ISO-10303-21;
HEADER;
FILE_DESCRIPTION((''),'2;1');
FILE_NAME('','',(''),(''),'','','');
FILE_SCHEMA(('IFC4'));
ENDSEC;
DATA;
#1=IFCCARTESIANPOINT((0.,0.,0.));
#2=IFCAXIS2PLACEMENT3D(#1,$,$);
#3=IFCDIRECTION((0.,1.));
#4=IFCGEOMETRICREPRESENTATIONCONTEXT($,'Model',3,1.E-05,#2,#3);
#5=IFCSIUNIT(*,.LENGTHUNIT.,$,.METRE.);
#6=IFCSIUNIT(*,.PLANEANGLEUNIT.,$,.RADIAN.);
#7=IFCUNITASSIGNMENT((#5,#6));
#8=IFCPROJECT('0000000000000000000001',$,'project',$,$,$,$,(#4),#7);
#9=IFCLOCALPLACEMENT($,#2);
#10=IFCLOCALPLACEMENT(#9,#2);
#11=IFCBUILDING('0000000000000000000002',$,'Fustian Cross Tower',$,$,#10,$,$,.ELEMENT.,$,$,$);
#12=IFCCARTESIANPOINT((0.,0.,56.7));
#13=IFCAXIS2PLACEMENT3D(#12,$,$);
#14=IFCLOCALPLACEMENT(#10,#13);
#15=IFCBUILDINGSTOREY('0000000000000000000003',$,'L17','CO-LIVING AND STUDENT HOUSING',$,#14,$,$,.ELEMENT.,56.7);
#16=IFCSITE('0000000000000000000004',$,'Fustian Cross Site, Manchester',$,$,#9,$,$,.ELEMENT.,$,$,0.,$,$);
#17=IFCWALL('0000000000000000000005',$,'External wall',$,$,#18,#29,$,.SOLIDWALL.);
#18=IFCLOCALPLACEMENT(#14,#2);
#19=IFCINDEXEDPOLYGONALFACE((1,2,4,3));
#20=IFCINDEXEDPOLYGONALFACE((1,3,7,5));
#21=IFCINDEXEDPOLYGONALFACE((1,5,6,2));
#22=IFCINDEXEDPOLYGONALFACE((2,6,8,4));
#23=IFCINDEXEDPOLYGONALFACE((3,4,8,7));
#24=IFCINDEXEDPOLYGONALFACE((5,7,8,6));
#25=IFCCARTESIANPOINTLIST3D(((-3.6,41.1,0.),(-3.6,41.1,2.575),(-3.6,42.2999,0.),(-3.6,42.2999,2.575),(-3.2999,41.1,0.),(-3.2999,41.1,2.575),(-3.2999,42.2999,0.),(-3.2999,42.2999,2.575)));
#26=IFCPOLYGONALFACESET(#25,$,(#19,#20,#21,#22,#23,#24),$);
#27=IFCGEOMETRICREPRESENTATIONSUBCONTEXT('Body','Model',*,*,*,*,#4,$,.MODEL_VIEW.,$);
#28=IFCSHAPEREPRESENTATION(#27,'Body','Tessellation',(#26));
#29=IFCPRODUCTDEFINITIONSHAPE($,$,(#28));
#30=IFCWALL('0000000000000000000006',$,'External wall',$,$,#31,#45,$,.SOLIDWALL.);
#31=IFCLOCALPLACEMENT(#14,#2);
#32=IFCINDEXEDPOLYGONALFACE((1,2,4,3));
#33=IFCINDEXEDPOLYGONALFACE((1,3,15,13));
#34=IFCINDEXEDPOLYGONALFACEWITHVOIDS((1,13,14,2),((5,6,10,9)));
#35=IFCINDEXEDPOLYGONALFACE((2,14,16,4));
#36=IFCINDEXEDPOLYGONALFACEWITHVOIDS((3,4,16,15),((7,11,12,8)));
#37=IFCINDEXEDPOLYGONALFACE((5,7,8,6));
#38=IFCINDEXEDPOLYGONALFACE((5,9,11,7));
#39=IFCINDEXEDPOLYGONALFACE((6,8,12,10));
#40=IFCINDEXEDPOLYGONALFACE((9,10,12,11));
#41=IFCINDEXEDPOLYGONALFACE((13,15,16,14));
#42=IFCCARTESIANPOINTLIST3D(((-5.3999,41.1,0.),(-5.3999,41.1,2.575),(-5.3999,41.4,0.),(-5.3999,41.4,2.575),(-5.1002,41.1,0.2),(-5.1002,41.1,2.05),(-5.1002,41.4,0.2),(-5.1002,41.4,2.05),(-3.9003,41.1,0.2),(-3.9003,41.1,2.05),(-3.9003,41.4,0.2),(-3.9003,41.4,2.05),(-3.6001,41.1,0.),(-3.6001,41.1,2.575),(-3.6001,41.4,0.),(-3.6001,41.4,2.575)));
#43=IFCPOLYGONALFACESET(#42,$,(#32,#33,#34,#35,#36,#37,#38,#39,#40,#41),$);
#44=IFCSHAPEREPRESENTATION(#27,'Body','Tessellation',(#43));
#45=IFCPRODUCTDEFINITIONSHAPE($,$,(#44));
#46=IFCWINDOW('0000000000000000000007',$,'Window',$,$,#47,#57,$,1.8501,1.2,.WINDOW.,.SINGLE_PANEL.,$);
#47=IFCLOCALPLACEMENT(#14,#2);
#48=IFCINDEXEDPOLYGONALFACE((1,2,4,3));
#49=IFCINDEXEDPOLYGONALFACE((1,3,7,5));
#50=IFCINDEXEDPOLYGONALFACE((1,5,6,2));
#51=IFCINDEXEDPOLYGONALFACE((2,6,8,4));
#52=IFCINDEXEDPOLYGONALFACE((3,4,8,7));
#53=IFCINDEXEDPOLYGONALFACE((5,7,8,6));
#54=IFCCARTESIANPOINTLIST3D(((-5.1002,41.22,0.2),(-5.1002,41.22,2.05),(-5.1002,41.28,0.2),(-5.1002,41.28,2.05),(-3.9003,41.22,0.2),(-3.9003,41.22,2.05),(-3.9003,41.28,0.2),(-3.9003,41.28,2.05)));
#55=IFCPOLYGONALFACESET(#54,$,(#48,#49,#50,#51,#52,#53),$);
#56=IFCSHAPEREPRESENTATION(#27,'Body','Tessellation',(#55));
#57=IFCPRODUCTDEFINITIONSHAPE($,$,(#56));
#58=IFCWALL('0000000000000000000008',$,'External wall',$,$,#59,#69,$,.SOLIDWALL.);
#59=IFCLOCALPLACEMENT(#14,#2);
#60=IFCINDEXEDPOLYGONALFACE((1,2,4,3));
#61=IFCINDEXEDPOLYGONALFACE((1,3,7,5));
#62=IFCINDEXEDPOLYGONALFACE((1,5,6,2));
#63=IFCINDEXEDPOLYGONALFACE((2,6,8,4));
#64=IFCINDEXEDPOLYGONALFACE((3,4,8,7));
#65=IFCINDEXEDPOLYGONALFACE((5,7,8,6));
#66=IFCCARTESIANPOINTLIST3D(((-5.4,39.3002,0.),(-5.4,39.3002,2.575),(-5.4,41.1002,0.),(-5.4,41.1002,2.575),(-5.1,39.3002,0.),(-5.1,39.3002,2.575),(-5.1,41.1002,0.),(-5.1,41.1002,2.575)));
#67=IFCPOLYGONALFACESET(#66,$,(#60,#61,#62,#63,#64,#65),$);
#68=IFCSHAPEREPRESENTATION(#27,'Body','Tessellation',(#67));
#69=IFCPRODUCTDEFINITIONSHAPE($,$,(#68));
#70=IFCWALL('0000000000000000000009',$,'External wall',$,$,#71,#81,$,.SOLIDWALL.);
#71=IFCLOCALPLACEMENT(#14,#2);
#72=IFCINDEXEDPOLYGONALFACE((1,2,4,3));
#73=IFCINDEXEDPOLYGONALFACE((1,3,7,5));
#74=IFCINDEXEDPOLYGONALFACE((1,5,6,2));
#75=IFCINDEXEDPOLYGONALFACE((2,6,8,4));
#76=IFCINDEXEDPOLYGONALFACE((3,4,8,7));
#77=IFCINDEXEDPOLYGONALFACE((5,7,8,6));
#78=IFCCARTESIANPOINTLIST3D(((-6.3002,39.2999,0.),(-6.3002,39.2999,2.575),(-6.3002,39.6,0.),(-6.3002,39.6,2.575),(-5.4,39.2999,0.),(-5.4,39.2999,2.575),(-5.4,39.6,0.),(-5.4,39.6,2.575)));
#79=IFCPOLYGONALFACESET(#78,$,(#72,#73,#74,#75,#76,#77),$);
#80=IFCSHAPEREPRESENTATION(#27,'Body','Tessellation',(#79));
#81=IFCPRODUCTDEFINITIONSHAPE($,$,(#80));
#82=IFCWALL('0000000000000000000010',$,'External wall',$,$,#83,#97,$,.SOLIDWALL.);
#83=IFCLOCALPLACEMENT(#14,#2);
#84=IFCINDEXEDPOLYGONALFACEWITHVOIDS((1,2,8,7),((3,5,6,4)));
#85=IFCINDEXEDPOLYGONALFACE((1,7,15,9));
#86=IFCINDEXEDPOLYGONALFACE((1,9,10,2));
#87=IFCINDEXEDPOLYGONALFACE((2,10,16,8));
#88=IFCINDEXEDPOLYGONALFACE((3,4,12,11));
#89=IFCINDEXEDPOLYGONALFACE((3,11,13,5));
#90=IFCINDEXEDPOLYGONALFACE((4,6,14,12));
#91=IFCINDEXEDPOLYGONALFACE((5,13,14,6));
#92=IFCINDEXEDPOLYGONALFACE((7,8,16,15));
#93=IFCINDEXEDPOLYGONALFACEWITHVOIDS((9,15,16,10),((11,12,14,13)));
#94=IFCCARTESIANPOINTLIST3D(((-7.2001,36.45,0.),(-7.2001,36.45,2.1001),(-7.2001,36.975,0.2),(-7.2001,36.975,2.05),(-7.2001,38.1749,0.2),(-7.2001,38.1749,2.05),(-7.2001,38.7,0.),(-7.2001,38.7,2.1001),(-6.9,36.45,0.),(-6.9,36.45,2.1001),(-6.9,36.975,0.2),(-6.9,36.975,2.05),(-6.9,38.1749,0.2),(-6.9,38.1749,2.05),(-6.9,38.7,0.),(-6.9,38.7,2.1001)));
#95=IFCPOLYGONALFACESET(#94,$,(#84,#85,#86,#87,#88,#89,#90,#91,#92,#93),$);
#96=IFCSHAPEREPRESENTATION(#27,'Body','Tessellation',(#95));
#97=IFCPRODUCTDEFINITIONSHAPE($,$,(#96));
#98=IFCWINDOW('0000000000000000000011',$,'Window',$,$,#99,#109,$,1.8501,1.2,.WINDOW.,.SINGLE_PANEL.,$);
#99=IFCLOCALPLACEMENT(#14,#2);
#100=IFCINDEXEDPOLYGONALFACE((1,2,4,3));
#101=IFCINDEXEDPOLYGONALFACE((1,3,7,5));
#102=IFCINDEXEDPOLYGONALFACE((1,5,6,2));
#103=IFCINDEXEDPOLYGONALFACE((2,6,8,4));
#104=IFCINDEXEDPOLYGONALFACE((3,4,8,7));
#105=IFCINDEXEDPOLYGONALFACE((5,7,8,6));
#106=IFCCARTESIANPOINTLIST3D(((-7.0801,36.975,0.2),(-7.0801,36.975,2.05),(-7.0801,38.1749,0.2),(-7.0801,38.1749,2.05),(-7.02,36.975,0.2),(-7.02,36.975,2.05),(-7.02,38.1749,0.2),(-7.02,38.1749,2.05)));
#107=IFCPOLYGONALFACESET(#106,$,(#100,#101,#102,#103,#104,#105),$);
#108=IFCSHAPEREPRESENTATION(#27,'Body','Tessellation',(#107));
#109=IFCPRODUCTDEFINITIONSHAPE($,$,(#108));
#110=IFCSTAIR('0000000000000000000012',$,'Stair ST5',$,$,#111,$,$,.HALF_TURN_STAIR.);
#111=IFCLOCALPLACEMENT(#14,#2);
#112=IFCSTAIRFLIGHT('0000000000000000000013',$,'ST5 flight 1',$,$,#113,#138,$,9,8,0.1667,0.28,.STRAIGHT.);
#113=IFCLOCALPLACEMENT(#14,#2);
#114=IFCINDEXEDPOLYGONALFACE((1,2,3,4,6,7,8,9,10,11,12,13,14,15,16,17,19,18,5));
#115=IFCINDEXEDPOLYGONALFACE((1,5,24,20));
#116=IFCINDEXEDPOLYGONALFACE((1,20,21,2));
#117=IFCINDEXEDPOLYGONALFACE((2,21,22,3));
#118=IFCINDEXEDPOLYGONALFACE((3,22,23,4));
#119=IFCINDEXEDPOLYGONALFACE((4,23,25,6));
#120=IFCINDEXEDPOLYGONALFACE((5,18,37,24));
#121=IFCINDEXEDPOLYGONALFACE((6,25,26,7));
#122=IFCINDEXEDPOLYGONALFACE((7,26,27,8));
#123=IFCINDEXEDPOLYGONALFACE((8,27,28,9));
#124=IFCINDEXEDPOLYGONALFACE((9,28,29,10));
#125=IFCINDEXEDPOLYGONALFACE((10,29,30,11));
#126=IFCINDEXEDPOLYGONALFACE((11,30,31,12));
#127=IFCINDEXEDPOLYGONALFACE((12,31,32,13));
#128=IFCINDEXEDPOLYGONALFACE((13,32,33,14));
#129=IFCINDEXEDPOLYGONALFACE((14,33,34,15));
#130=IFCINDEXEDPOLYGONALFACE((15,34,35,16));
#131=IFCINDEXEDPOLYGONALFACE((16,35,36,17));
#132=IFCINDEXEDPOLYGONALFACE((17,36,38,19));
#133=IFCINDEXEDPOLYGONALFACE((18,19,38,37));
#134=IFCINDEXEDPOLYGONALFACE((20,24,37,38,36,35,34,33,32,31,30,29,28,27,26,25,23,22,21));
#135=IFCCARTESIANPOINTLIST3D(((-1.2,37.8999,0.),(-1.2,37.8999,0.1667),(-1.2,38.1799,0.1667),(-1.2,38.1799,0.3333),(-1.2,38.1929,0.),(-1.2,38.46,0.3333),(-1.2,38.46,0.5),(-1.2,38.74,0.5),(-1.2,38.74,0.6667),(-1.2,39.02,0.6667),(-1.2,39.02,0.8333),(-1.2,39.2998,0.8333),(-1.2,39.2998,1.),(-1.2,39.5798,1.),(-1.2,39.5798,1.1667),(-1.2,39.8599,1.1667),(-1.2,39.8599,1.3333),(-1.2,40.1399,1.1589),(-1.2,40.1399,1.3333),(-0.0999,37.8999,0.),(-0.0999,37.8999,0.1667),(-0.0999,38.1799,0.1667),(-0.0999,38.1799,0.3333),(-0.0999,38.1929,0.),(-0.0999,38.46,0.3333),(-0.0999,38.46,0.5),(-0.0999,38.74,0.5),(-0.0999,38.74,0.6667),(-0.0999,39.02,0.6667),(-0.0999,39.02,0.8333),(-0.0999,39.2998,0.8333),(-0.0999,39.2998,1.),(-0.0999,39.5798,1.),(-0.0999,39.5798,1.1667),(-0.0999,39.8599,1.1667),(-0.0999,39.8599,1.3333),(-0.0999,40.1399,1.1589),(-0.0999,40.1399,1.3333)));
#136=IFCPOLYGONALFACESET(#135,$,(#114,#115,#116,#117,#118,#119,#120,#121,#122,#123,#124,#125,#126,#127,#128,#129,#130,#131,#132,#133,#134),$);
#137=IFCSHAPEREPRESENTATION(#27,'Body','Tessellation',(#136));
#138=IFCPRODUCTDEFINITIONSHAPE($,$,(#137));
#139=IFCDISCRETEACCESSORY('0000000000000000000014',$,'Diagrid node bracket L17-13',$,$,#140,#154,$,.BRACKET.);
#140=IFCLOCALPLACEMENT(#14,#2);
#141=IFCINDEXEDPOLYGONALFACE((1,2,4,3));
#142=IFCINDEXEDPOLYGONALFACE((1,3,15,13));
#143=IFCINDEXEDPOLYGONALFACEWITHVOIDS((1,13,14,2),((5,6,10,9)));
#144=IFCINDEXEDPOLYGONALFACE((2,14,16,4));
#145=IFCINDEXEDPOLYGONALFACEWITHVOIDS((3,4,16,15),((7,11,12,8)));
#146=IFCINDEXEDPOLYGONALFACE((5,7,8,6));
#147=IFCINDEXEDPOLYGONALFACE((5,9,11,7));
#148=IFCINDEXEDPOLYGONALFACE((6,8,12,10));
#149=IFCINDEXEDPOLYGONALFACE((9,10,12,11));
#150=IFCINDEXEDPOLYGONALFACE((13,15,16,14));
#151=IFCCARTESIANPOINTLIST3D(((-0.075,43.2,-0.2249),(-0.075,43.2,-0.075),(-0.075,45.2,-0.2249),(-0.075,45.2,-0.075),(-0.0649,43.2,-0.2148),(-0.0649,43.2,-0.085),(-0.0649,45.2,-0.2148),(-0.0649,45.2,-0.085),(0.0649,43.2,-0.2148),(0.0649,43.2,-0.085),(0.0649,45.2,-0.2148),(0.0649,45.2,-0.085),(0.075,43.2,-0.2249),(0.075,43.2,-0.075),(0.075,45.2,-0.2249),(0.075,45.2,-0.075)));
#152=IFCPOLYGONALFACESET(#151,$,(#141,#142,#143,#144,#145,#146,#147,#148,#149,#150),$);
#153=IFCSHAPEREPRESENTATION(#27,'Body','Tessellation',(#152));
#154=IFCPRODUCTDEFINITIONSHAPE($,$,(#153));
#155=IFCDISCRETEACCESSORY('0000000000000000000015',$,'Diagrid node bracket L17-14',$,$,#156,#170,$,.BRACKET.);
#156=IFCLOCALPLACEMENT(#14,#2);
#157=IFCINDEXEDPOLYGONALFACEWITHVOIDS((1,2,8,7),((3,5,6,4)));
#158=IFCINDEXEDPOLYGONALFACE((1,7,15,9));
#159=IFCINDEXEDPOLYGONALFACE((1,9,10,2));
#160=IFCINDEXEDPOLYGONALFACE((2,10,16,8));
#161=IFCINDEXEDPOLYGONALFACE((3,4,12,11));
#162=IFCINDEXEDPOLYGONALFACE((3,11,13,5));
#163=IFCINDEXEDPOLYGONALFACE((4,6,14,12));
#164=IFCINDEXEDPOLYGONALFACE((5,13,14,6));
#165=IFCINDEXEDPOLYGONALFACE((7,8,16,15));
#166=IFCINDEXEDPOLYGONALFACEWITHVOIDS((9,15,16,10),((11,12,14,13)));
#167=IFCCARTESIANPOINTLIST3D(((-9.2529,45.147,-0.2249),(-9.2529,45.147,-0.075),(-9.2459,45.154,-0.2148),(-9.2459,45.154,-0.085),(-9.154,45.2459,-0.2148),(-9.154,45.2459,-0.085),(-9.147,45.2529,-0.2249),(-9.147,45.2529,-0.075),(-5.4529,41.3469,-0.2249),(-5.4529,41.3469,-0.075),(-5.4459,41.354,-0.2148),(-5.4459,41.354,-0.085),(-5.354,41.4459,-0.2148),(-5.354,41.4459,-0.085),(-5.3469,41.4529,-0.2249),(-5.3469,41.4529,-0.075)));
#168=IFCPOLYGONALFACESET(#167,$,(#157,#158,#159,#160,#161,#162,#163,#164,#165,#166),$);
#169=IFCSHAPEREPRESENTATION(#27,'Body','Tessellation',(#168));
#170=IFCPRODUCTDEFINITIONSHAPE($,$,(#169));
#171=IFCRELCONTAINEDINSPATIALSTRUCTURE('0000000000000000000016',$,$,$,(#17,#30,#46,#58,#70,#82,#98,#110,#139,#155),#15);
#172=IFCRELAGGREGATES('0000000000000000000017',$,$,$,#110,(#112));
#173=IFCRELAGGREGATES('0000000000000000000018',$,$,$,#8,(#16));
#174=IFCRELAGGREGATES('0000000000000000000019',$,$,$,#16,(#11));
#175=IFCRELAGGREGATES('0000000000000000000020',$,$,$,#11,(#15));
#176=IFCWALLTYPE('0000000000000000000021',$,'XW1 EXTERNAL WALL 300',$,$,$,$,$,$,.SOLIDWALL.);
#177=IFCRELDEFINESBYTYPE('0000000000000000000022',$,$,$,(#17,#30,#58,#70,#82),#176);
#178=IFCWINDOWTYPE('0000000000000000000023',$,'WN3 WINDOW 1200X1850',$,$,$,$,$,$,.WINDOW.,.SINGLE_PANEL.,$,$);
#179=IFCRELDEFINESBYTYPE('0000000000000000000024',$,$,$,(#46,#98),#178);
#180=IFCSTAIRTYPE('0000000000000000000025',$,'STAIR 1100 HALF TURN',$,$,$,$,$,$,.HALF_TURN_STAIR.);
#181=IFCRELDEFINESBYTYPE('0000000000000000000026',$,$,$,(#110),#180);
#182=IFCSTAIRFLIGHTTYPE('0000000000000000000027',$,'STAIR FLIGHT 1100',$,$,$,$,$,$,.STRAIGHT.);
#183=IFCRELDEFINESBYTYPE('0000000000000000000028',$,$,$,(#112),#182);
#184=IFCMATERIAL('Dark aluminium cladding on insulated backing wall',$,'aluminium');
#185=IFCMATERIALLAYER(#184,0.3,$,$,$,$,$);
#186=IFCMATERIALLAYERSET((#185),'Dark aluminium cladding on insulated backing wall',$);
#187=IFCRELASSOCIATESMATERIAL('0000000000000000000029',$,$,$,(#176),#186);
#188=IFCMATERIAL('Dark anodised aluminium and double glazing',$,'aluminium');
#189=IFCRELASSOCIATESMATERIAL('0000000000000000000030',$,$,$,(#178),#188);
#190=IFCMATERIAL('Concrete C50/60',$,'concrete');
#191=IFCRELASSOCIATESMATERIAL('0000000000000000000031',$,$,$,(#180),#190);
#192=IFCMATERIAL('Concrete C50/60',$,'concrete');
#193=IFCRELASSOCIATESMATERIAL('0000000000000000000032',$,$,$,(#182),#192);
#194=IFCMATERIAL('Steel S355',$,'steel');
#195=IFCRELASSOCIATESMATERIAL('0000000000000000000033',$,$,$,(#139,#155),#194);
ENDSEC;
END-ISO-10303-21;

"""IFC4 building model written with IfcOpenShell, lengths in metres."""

from ifc_helpers import new_model, si_unit, direction, frame, frame_2d, origin, origin_2d, place, context, subcontext, project, spatial, polyline, rectangle, hollow_rectangle, outline, extrude, material, layer, layer_set, type_object, element, fill, aggregate, save


model = new_model("IFC4")

# Units and contexts
model_context = context("Model", 3, precision=1e-05, world=origin(), true_north=direction((0.0, 1.0)))
body_context = subcontext(model_context, "Body", "Model", "MODEL_VIEW")
ifc_project = project(units=[si_unit("LENGTHUNIT", "METRE"), si_unit("PLANEANGLEUNIT", "RADIAN")], contexts=[model_context])

# Site, building, storey
site_placement = place(None, origin())
site = spatial("IfcSite", under=ifc_project, at=site_placement, Name="Fustian Cross Site, Manchester", CompositionType="ELEMENT", RefElevation=0.0)
building_placement = place(site_placement, origin())
building = spatial("IfcBuilding", under=site, at=building_placement, Name="Fustian Cross Tower", CompositionType="ELEMENT")
storey_placement = place(building_placement, frame((0.0, 0.0, 56.7)))
storey = spatial("IfcBuildingStorey", under=building, at=storey_placement, Name="L17", Description="CO-LIVING AND STUDENT HOUSING", CompositionType="ELEMENT", Elevation=56.7)

# Wall
ifc_material_1 = material(Name="Dark aluminium cladding on insulated backing wall", Category="aluminium")
ifc_layer_1 = layer(ifc_material_1, 0.3)
ifc_layer_set_1 = layer_set([ifc_layer_1], Name="Dark aluminium cladding on insulated backing wall")
wall_type_1 = type_object("IfcWallType", Name="XW1 EXTERNAL WALL 300", PredefinedType="SOLIDWALL", material=ifc_layer_set_1)
wall_1_placement = place(storey_placement, frame((-3.45, 42.3, 0.0), z_axis=(0.0, 0.0, 1.0), x_axis=(0.0, -1.0, 0.0)))
element("IfcWall", 1, at=wall_1_placement, inside=storey, type_object=wall_type_1, Name="External wall", PredefinedType="SOLIDWALL", context=body_context, shape_type="SweptSolid", body=[
    extrude(rectangle(XDim=1.2, YDim=0.3, at=frame_2d((0.6001, 0.0))), origin(), (0.0, 0.0, 1.0), 2.575),
])

# Wall, opening, window
wall_2_placement = place(storey_placement, frame((-3.6001, 41.25, 0.0), z_axis=(0.0, 0.0, 1.0), x_axis=(-1.0, 0.0, 0.0)))
wall_2 = element("IfcWall", 2, at=wall_2_placement, inside=storey, type_object=wall_type_1, Name="External wall", PredefinedType="SOLIDWALL", context=body_context, shape_type="SweptSolid", body=[
    extrude(rectangle(XDim=1.7998, YDim=0.3, at=frame_2d((0.8999, 0.0))), origin(), (0.0, 0.0, 1.0), 2.575),
])
opening_1_placement = place(wall_2_placement, frame((0.3, 0.0, 0.2)))
opening_1 = element("IfcOpeningElement", 3, at=opening_1_placement, cuts=wall_2, PredefinedType="OPENING", context=body_context, shape_type="SweptSolid", body=[
    extrude(rectangle(XDim=1.2, YDim=1.8501, at=frame_2d((0.6001, 0.925))), frame((0.0, 0.1599, 0.0), z_axis=(0.0, -1.0, 0.0), x_axis=(1.0, 0.0, 0.0)), (0.0, 0.0, 1.0), 0.3201),
])
ifc_material_2 = material(Name="Dark anodised aluminium and double glazing", Category="aluminium")
window_type = type_object("IfcWindowType", Name="WN3 WINDOW 1200X1850", PartitioningType="SINGLE_PANEL", PredefinedType="WINDOW", material=ifc_material_2)
window_1_placement = place(opening_1_placement, origin())
window_1 = element("IfcWindow", 4, at=window_1_placement, inside=storey, type_object=window_type, Name="Window", OverallHeight=1.8501, OverallWidth=1.2, PartitioningType="SINGLE_PANEL", PredefinedType="WINDOW", context=body_context, shape_type="SweptSolid", body=[
    extrude(rectangle(XDim=1.2, YDim=1.8501, at=frame_2d((0.6001, 0.925))), frame((0.0, 0.03, 0.0), z_axis=(0.0, -1.0, 0.0), x_axis=(1.0, 0.0, 0.0)), (0.0, 0.0, 1.0), 0.0601),
])
fill(opening_1, window_1)

# Walls
wall_3_placement = place(storey_placement, frame((-5.25, 41.1001, 0.0), z_axis=(0.0, 0.0, 1.0), x_axis=(0.0, -1.0, 0.0)))
element("IfcWall", 5, at=wall_3_placement, inside=storey, type_object=wall_type_1, Name="External wall", PredefinedType="SOLIDWALL", context=body_context, shape_type="SweptSolid", body=[
    extrude(rectangle(XDim=1.8, YDim=0.3, at=frame_2d((0.8999, 0.0))), origin(), (0.0, 0.0, 1.0), 2.575),
])
wall_4_placement = place(storey_placement, frame((-5.3999, 39.45, 0.0), z_axis=(0.0, 0.0, 1.0), x_axis=(-1.0, 0.0, 0.0)))
element("IfcWall", 6, at=wall_4_placement, inside=storey, type_object=wall_type_1, Name="External wall", PredefinedType="SOLIDWALL", context=body_context, shape_type="SweptSolid", body=[
    extrude(rectangle(XDim=0.9001, YDim=0.3, at=frame_2d((0.4502, 0.0))), origin(), (0.0, 0.0, 1.0), 2.575),
])

# Wall, opening, window
wall_5_placement = place(storey_placement, frame((-7.05, 38.7, 0.0), z_axis=(0.0, 0.0, 1.0), x_axis=(0.0, -1.0, 0.0)))
wall_5 = element("IfcWall", 7, at=wall_5_placement, inside=storey, type_object=wall_type_1, Name="External wall", PredefinedType="SOLIDWALL", context=body_context, shape_type="SweptSolid", body=[
    extrude(rectangle(XDim=2.25, YDim=0.3, at=frame_2d((1.125, 0.0))), origin(), (0.0, 0.0, 1.0), 2.1001),
])
opening_2_placement = place(wall_5_placement, frame((0.5249, 0.0, 0.2)))
opening_2 = element("IfcOpeningElement", 8, at=opening_2_placement, cuts=wall_5, PredefinedType="OPENING", context=body_context, shape_type="SweptSolid", body=[
    extrude(rectangle(XDim=1.2, YDim=1.8501, at=frame_2d((0.6001, 0.925))), frame((0.0, 0.1599, 0.0), z_axis=(0.0, -1.0, 0.0), x_axis=(1.0, 0.0, 0.0)), (0.0, 0.0, 1.0), 0.3201),
])
window_2_placement = place(opening_2_placement, origin())
window_2 = element("IfcWindow", 9, at=window_2_placement, inside=storey, type_object=window_type, Name="Window", OverallHeight=1.8501, OverallWidth=1.2, PartitioningType="SINGLE_PANEL", PredefinedType="WINDOW", context=body_context, shape_type="SweptSolid", body=[
    extrude(rectangle(XDim=1.2, YDim=1.8501, at=frame_2d((0.6001, 0.925))), frame((0.0, 0.03, 0.0), z_axis=(0.0, -1.0, 0.0), x_axis=(1.0, 0.0, 0.0)), (0.0, 0.0, 1.0), 0.0601),
])
fill(opening_2, window_2)

# Stair, stair flight
ifc_material_3 = material(Name="Concrete C50/60", Category="concrete")
stair_type = type_object("IfcStairType", Name="STAIR 1100 HALF TURN", PredefinedType="HALF_TURN_STAIR", material=ifc_material_3)
stair_placement = place(storey_placement, origin())
stair = element("IfcStair", 10, at=stair_placement, inside=storey, type_object=stair_type, Name="Stair ST5", PredefinedType="HALF_TURN_STAIR")
ifc_material_4 = material(Name="Concrete C50/60", Category="concrete")
stair_flight_type = type_object("IfcStairFlightType", Name="STAIR FLIGHT 1100", PredefinedType="STRAIGHT", material=ifc_material_4)
stair_flight_placement = place(storey_placement, frame((-0.6499, 37.8999, 0.0), z_axis=(0.0, 0.0, 1.0), x_axis=(0.0, 1.0, 0.0)))
stair_flight = element("IfcStairFlight", 11, at=stair_flight_placement, type_object=stair_flight_type, Name="ST5 flight 1", NumberOfRisers=9, NumberOfTreads=8, PredefinedType="STRAIGHT", RiserHeight=0.1667, TreadLength=0.28, context=body_context, shape_type="SweptSolid", body=[
    extrude(outline(polyline([(0.0, 0.0), (0.0, 0.1667), (0.28, 0.1667), (0.28, 0.3333), (0.5601, 0.3333), (0.5601, 0.5), (0.8401, 0.5), (0.8401, 0.6667), (1.1201, 0.6667), (1.1201, 0.8333), (1.3999, 0.8333), (1.3999, 1.0), (1.6799, 1.0), (1.6799, 1.1667), (1.96, 1.1667), (1.96, 1.3333), (2.24, 1.3333), (2.24, 1.5), (2.24, 1.1589), (0.293, 0.0), (0.0, 0.0)])), frame((0.0, 0.55, 0.0), z_axis=(0.0, -1.0, 0.0), x_axis=(1.0, 0.0, 0.0)), (0.0, 0.0, 1.0), 1.1001),
])
aggregate(stair, [stair_flight])

# Discrete accessories
ifc_material_5 = material(Name="Steel S355", Category="steel")
discrete_accessory_1_placement = place(storey_placement, frame((0.0, 45.2, -0.1499), z_axis=(0.0, -1.0, 0.0), x_axis=(1.0, 0.0, 0.0)))
element("IfcDiscreteAccessory", 12, at=discrete_accessory_1_placement, inside=storey, material=ifc_material_5, Name="Diagrid node bracket L17-13", PredefinedType="BRACKET", context=body_context, shape_type="SweptSolid", body=[
    extrude(hollow_rectangle(XDim=0.1499, YDim=0.1499, WallThickness=0.01, at=origin_2d()), origin(), (0.0, 0.0, 1.0), 2.0),
])
discrete_accessory_2_placement = place(storey_placement, frame((-9.2, 45.2, -0.1499), z_axis=(0.707107, -0.707107, 0.0), x_axis=(0.707107, 0.707107, 0.0)))
element("IfcDiscreteAccessory", 13, at=discrete_accessory_2_placement, inside=storey, material=ifc_material_5, Name="Diagrid node bracket L17-14", PredefinedType="BRACKET", context=body_context, shape_type="SweptSolid", body=[
    extrude(hollow_rectangle(XDim=0.1499, YDim=0.1499, WallThickness=0.01, at=origin_2d()), origin(), (0.0, 0.0, 1.0), 5.374),
])

save(model, "model.ifc")
